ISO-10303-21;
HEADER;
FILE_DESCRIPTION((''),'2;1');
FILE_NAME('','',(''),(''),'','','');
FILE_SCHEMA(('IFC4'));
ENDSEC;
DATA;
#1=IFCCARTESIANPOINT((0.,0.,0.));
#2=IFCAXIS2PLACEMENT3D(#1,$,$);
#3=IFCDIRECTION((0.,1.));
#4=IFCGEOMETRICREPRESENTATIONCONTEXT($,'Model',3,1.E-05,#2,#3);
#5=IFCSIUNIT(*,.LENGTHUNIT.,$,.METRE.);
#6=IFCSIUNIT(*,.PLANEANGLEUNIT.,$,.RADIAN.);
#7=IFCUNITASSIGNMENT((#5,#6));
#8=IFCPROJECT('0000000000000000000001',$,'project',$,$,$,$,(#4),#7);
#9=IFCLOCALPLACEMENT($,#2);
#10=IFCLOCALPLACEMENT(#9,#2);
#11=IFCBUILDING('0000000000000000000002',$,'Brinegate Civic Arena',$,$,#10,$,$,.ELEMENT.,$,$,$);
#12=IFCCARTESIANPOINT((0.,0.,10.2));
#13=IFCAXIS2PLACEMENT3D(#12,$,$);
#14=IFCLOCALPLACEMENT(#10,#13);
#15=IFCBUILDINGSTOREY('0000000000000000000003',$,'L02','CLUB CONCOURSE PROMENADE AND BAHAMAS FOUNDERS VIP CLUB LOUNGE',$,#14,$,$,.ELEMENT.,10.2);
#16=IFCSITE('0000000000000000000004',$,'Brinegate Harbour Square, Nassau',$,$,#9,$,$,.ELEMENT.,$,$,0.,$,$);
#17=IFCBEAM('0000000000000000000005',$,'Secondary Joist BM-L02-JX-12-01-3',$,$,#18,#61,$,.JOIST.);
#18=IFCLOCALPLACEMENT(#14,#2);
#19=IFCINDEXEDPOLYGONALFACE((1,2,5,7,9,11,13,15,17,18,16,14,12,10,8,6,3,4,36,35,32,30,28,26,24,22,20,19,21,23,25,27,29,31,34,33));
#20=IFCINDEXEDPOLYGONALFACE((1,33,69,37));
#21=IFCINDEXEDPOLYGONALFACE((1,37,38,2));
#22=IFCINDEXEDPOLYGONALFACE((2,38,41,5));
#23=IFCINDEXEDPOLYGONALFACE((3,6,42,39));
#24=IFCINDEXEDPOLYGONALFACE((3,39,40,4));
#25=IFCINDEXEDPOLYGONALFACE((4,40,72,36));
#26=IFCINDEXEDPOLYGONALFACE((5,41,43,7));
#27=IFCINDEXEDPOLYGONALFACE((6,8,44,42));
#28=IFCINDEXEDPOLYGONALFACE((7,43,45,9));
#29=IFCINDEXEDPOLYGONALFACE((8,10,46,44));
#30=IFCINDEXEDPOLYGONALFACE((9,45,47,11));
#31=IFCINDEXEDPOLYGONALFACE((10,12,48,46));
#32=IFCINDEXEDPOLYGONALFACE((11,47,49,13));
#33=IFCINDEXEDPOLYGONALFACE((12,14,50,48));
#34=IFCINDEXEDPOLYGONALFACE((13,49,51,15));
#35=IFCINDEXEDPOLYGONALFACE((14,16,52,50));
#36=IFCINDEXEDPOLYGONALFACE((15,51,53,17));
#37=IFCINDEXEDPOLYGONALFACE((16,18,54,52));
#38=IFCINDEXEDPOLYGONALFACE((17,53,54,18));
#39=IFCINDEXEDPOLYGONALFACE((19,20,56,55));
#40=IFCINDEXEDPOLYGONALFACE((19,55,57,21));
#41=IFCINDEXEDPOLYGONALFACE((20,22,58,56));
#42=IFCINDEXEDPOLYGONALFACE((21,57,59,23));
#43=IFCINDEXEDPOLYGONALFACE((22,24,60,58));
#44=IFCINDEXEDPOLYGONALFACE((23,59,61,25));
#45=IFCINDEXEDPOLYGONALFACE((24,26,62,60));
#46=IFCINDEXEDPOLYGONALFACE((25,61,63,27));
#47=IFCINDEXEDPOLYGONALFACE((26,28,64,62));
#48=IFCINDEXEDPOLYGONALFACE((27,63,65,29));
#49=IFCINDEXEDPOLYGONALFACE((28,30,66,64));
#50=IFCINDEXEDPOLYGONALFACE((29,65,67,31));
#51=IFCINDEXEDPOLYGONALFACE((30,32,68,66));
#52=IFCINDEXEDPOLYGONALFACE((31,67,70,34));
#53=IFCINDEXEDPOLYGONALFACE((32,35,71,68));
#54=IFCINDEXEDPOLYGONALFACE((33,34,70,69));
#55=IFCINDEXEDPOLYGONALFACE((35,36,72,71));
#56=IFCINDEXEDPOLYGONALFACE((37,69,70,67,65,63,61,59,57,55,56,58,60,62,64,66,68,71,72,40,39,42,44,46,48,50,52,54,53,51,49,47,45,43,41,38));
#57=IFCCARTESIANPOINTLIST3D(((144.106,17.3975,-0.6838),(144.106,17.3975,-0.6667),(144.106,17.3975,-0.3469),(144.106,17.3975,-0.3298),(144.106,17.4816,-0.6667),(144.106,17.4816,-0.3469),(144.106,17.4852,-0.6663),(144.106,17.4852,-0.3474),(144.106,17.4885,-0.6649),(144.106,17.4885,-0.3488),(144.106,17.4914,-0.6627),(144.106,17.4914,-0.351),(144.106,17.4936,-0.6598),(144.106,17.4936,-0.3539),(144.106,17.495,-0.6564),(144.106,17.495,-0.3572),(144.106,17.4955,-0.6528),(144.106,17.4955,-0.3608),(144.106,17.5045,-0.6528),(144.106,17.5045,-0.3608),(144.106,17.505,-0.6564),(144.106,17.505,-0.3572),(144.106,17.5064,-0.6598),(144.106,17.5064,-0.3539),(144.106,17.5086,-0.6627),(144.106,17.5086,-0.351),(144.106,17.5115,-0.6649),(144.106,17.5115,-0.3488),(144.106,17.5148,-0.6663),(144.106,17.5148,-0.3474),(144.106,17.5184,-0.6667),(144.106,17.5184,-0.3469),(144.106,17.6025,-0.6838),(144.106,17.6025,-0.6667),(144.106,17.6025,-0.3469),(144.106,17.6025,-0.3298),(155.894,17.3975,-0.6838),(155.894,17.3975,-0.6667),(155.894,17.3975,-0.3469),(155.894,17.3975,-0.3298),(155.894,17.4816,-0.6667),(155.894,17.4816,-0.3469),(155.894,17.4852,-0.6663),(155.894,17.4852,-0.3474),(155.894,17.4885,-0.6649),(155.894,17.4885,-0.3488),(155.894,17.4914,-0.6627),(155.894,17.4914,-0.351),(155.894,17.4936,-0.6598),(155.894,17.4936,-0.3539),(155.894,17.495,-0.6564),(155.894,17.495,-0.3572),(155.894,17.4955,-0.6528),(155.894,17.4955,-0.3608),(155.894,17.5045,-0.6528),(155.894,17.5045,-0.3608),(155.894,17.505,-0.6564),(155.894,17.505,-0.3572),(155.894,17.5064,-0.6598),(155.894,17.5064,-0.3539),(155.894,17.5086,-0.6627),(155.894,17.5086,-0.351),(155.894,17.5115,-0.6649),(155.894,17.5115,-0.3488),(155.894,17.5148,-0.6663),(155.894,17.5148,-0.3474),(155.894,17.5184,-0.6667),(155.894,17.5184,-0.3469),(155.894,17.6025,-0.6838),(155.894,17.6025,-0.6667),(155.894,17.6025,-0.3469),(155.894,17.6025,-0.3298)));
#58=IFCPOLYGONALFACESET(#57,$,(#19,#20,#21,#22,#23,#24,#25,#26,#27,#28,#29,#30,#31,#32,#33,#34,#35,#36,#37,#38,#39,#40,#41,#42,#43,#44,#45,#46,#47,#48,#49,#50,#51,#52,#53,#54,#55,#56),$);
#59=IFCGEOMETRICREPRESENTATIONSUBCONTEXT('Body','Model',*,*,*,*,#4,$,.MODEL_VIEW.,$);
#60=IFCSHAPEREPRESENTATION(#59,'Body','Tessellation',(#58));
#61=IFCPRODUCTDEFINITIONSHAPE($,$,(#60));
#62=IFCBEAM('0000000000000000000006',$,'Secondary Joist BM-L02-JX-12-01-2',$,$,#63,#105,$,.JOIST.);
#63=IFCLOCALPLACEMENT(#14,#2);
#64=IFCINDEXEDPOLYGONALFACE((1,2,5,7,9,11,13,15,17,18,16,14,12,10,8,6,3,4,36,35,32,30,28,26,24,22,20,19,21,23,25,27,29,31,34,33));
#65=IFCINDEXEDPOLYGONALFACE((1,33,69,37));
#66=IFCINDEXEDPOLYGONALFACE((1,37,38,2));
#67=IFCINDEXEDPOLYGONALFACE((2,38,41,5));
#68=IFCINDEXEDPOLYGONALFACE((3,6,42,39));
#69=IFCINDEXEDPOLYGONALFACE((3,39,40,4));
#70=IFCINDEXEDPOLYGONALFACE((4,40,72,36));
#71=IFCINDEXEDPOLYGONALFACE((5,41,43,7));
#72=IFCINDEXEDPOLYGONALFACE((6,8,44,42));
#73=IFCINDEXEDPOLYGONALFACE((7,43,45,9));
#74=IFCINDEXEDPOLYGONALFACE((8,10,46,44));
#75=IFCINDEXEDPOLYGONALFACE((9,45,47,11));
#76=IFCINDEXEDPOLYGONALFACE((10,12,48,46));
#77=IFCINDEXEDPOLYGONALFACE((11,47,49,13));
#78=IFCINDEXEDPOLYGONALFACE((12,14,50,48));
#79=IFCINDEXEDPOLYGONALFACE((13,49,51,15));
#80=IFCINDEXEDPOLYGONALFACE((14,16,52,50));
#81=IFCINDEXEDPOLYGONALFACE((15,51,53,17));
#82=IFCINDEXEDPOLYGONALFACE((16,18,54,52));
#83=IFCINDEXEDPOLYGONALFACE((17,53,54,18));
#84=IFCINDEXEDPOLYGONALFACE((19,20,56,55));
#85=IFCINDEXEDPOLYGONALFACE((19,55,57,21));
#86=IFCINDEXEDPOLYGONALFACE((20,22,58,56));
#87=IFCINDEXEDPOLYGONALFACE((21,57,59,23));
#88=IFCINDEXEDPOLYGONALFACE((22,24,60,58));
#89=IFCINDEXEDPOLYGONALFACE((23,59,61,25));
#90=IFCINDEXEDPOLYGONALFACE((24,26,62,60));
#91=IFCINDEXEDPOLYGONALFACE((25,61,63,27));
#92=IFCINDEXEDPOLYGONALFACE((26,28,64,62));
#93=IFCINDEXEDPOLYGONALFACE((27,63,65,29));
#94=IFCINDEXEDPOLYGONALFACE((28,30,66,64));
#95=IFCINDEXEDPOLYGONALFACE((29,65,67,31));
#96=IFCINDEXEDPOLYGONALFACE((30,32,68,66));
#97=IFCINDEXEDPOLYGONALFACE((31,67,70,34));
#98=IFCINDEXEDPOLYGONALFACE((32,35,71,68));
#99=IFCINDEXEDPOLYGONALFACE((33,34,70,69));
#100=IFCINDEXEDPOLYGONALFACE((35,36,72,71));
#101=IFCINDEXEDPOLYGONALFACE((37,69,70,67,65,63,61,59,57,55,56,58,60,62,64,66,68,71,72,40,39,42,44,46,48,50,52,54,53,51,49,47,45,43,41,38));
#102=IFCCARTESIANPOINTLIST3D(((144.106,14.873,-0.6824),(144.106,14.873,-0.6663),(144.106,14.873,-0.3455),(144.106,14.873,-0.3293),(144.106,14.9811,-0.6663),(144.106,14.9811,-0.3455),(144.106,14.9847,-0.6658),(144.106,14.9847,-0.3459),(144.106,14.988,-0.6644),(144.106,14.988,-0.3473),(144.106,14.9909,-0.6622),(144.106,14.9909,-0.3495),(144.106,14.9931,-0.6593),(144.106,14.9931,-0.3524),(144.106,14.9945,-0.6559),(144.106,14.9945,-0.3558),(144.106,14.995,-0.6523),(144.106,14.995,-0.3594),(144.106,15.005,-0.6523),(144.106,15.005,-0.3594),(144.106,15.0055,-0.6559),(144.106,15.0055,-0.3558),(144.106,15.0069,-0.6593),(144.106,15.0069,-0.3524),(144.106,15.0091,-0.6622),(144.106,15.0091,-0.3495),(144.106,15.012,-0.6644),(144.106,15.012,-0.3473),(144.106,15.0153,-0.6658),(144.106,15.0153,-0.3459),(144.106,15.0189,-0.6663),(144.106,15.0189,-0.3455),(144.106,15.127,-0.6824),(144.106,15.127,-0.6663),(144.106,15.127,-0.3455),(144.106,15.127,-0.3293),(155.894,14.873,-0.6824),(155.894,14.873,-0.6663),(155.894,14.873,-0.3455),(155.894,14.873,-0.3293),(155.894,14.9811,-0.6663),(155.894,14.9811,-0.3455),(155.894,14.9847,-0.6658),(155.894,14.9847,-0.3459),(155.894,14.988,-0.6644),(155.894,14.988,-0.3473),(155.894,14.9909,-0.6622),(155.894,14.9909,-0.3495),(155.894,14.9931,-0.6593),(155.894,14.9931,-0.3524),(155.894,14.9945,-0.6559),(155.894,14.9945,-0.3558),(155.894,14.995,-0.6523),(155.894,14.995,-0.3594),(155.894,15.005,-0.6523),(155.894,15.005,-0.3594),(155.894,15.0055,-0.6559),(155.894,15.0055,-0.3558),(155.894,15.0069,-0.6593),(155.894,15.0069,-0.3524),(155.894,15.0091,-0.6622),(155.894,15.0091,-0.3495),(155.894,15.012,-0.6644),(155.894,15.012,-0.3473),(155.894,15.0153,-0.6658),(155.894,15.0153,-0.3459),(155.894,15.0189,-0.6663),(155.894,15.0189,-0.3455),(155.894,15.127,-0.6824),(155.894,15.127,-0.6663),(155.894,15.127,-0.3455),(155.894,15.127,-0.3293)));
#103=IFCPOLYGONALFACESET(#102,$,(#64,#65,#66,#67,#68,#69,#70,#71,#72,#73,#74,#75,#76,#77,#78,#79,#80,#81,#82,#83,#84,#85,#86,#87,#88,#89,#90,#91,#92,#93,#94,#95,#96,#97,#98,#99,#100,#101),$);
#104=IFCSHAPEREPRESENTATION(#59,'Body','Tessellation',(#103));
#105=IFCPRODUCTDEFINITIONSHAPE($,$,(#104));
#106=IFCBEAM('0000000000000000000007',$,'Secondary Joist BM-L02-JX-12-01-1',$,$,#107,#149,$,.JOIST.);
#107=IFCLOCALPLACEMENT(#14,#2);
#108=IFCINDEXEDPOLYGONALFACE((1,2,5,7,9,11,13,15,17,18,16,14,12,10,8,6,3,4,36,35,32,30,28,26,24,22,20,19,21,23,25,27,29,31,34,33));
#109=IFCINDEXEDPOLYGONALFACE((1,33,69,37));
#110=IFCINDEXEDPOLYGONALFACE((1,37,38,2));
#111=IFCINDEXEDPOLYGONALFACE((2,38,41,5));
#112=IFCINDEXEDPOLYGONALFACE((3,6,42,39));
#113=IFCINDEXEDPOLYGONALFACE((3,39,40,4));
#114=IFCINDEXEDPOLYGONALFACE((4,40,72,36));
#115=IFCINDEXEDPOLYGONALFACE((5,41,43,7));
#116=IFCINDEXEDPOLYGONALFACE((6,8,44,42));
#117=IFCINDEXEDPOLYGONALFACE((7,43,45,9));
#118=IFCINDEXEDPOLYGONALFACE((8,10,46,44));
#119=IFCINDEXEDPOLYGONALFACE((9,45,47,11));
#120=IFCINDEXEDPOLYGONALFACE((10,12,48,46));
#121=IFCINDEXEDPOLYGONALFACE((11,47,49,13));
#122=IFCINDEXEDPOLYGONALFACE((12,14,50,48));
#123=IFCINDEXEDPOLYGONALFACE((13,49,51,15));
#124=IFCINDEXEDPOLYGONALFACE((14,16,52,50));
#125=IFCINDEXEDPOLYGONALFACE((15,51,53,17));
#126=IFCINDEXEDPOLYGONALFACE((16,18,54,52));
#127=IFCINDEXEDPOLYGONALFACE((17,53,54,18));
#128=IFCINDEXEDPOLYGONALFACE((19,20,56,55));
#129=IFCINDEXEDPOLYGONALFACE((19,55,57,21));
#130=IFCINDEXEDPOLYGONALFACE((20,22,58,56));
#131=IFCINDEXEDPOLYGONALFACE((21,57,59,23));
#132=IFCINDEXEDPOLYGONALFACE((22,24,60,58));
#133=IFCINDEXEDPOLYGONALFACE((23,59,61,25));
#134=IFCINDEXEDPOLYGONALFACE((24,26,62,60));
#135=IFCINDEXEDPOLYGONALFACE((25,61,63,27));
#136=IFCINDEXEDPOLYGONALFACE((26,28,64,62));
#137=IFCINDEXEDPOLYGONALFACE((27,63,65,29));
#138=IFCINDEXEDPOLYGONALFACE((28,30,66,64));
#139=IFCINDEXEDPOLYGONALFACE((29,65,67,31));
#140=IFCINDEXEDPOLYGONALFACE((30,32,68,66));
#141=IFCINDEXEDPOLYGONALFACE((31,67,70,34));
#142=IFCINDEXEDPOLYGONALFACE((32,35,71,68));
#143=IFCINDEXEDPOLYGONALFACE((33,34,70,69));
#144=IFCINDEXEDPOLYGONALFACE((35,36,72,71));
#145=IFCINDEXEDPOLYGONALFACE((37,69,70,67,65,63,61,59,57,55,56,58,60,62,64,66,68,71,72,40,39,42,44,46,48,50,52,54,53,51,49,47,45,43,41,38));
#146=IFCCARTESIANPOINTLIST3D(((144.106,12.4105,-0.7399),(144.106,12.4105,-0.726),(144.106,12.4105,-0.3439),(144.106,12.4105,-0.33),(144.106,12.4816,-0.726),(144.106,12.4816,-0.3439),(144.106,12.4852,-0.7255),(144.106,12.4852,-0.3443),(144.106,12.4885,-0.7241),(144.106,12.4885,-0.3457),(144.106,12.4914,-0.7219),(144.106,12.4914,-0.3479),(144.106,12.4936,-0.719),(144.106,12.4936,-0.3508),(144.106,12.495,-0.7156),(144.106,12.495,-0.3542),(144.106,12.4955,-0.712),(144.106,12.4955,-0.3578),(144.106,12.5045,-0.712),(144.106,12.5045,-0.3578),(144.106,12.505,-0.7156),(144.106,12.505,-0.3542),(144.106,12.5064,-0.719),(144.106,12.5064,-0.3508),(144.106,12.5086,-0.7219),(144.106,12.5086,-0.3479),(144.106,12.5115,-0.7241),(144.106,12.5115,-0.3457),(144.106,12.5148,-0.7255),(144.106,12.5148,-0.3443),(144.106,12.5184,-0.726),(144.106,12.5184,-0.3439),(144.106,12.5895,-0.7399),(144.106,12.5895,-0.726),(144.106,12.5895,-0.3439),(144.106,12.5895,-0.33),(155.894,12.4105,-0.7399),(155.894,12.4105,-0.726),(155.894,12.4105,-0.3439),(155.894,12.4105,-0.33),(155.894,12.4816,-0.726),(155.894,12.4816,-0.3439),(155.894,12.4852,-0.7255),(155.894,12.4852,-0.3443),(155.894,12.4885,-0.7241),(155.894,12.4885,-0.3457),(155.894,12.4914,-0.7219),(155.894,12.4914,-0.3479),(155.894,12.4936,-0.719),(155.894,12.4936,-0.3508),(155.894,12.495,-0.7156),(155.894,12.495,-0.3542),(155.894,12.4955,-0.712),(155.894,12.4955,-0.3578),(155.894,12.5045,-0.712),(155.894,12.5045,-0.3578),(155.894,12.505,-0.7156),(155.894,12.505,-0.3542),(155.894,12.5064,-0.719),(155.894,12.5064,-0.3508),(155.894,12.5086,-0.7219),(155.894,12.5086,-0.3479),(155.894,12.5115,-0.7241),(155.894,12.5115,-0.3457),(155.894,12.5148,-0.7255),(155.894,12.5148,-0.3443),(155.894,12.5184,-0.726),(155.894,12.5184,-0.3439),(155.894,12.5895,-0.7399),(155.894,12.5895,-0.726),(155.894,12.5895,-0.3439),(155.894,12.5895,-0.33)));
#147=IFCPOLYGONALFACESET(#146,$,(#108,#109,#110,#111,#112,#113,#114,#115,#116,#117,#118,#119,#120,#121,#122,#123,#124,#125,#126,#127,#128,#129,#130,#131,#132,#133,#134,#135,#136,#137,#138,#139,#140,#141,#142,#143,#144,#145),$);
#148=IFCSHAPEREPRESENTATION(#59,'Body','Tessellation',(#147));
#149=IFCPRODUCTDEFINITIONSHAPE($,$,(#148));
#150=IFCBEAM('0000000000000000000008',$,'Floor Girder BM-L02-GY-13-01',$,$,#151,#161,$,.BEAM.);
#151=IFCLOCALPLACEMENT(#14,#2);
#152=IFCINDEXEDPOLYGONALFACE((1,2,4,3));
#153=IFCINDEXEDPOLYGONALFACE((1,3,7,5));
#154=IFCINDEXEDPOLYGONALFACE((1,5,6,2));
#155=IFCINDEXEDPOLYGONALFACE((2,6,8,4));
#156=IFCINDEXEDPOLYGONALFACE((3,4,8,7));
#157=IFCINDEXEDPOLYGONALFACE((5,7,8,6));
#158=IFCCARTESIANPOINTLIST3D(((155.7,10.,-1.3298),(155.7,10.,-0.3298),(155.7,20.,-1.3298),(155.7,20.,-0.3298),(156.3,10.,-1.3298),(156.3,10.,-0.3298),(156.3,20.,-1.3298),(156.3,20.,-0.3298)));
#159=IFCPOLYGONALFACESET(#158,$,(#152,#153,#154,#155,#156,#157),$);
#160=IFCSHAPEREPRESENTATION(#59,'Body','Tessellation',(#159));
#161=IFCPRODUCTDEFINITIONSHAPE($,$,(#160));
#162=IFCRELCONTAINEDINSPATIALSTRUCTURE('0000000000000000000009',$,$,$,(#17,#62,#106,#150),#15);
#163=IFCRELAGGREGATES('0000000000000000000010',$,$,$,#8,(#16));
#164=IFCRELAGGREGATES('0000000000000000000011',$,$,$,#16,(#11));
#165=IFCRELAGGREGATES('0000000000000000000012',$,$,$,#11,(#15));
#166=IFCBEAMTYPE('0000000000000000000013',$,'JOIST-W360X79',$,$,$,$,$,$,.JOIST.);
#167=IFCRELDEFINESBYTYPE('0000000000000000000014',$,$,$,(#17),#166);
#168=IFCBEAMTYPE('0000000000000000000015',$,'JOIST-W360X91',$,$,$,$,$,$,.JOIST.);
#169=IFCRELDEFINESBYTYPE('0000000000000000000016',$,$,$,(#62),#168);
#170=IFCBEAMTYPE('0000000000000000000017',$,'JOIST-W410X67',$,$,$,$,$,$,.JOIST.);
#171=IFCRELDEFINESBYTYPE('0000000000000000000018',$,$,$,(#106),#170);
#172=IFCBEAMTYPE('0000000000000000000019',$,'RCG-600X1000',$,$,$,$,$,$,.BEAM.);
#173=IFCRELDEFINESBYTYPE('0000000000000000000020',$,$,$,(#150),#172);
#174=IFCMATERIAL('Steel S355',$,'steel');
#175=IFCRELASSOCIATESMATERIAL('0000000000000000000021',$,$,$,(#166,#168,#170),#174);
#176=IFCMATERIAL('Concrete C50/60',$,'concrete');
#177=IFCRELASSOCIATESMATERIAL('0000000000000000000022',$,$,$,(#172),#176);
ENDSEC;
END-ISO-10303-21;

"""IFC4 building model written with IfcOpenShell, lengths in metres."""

from ifc_helpers import new_model, si_unit, direction, frame, origin, origin_2d, place, context, subcontext, project, spatial, rectangle, i_section, extrude, material, material_profile, profile_set, type_object, element, save


model = new_model("IFC4")

# Units and contexts
model_context = context("Model", 3, precision=1e-05, world=origin(), true_north=direction((0.0, 1.0)))
body_context = subcontext(model_context, "Body", "Model", "MODEL_VIEW")
ifc_project = project(units=[si_unit("LENGTHUNIT", "METRE"), si_unit("PLANEANGLEUNIT", "RADIAN")], contexts=[model_context])

# Site, building, storey
site_placement = place(None, origin())
site = spatial("IfcSite", under=ifc_project, at=site_placement, Name="Brinegate Harbour Square, Nassau", CompositionType="ELEMENT", RefElevation=0.0)
building_placement = place(site_placement, origin())
building = spatial("IfcBuilding", under=site, at=building_placement, Name="Brinegate Civic Arena", CompositionType="ELEMENT")
storey_placement = place(building_placement, frame((0.0, 0.0, 10.2)))
storey = spatial("IfcBuildingStorey", under=building, at=storey_placement, Name="L02", Description="CLUB CONCOURSE PROMENADE AND BAHAMAS FOUNDERS VIP CLUB LOUNGE", CompositionType="ELEMENT", Elevation=10.2)

# Shared definitions
ifc_material_1 = material(Name="Concrete C50/60", Category="concrete")

# Beams
ifc_material_2 = material(Name="Steel S355", Category="steel")
ifc_material_profile_1 = material_profile(ifc_material_2, i_section(OverallWidth=0.2051, OverallDepth=0.354, WebThickness=0.009, FlangeThickness=0.0171, FilletRadius=0.0139, at=origin_2d()), Name="W360X79")
ifc_profile_set_1 = profile_set([ifc_material_profile_1], Name="Steel S355")
beam_type_1 = type_object("IfcBeamType", Name="JOIST-W360X79", PredefinedType="JOIST", material=ifc_profile_set_1)
beam_1_placement = place(storey_placement, frame((144.106, 17.5, -0.5068), z_axis=(1.0, 0.0, 0.0), x_axis=(0.0, 1.0, 0.0)))
element("IfcBeam", 1, at=beam_1_placement, inside=storey, type_object=beam_type_1, Name="Secondary Joist BM-L02-JX-12-01-3", PredefinedType="JOIST", context=body_context, shape_type="SweptSolid", body=[
    extrude(i_section(OverallWidth=0.2051, OverallDepth=0.354, WebThickness=0.009, FlangeThickness=0.0171, FilletRadius=0.0139, at=origin_2d()), origin(), (0.0, 0.0, 1.0), 11.7881),
])
ifc_material_profile_2 = material_profile(ifc_material_2, i_section(OverallWidth=0.2539, OverallDepth=0.353, WebThickness=0.01, FlangeThickness=0.0161, FilletRadius=0.0139, at=origin_2d()), Name="W360X91")
ifc_profile_set_2 = profile_set([ifc_material_profile_2], Name="Steel S355")
beam_type_2 = type_object("IfcBeamType", Name="JOIST-W360X91", PredefinedType="JOIST", material=ifc_profile_set_2)
beam_2_placement = place(storey_placement, frame((144.106, 15.0, -0.5059), z_axis=(1.0, 0.0, 0.0), x_axis=(0.0, 1.0, 0.0)))
element("IfcBeam", 2, at=beam_2_placement, inside=storey, type_object=beam_type_2, Name="Secondary Joist BM-L02-JX-12-01-2", PredefinedType="JOIST", context=body_context, shape_type="SweptSolid", body=[
    extrude(i_section(OverallWidth=0.2539, OverallDepth=0.353, WebThickness=0.01, FlangeThickness=0.0161, FilletRadius=0.0139, at=origin_2d()), origin(), (0.0, 0.0, 1.0), 11.7881),
])
ifc_material_profile_3 = material_profile(ifc_material_2, i_section(OverallWidth=0.179, OverallDepth=0.4099, WebThickness=0.009, FlangeThickness=0.0139, FilletRadius=0.0139, at=origin_2d()), Name="W410X67")
ifc_profile_set_3 = profile_set([ifc_material_profile_3], Name="Steel S355")
beam_type_3 = type_object("IfcBeamType", Name="JOIST-W410X67", PredefinedType="JOIST", material=ifc_profile_set_3)
beam_3_placement = place(storey_placement, frame((144.106, 12.5, -0.5349), z_axis=(1.0, 0.0, 0.0), x_axis=(0.0, 1.0, 0.0)))
element("IfcBeam", 3, at=beam_3_placement, inside=storey, type_object=beam_type_3, Name="Secondary Joist BM-L02-JX-12-01-1", PredefinedType="JOIST", context=body_context, shape_type="SweptSolid", body=[
    extrude(i_section(OverallWidth=0.179, OverallDepth=0.4099, WebThickness=0.009, FlangeThickness=0.0139, FilletRadius=0.0139, at=origin_2d()), origin(), (0.0, 0.0, 1.0), 11.7881),
])
ifc_material_profile_4 = material_profile(ifc_material_1, rectangle(XDim=0.6001, YDim=1.0, at=origin_2d()), Name="RCB600X1000")
ifc_profile_set_4 = profile_set([ifc_material_profile_4], Name="Concrete C50/60")
beam_type_4 = type_object("IfcBeamType", Name="RCG-600X1000", PredefinedType="BEAM", material=ifc_profile_set_4)
beam_4_placement = place(storey_placement, frame((156.0, 10.0, -0.8298), z_axis=(0.0, 1.0, 0.0), x_axis=(-1.0, 0.0, 0.0)))
element("IfcBeam", 4, at=beam_4_placement, inside=storey, type_object=beam_type_4, Name="Floor Girder BM-L02-GY-13-01", PredefinedType="BEAM", context=body_context, shape_type="SweptSolid", body=[
    extrude(rectangle(XDim=0.6001, YDim=1.0, at=origin_2d()), origin(), (0.0, 0.0, 1.0), 10.0),
])

save(model, "model.ifc")
